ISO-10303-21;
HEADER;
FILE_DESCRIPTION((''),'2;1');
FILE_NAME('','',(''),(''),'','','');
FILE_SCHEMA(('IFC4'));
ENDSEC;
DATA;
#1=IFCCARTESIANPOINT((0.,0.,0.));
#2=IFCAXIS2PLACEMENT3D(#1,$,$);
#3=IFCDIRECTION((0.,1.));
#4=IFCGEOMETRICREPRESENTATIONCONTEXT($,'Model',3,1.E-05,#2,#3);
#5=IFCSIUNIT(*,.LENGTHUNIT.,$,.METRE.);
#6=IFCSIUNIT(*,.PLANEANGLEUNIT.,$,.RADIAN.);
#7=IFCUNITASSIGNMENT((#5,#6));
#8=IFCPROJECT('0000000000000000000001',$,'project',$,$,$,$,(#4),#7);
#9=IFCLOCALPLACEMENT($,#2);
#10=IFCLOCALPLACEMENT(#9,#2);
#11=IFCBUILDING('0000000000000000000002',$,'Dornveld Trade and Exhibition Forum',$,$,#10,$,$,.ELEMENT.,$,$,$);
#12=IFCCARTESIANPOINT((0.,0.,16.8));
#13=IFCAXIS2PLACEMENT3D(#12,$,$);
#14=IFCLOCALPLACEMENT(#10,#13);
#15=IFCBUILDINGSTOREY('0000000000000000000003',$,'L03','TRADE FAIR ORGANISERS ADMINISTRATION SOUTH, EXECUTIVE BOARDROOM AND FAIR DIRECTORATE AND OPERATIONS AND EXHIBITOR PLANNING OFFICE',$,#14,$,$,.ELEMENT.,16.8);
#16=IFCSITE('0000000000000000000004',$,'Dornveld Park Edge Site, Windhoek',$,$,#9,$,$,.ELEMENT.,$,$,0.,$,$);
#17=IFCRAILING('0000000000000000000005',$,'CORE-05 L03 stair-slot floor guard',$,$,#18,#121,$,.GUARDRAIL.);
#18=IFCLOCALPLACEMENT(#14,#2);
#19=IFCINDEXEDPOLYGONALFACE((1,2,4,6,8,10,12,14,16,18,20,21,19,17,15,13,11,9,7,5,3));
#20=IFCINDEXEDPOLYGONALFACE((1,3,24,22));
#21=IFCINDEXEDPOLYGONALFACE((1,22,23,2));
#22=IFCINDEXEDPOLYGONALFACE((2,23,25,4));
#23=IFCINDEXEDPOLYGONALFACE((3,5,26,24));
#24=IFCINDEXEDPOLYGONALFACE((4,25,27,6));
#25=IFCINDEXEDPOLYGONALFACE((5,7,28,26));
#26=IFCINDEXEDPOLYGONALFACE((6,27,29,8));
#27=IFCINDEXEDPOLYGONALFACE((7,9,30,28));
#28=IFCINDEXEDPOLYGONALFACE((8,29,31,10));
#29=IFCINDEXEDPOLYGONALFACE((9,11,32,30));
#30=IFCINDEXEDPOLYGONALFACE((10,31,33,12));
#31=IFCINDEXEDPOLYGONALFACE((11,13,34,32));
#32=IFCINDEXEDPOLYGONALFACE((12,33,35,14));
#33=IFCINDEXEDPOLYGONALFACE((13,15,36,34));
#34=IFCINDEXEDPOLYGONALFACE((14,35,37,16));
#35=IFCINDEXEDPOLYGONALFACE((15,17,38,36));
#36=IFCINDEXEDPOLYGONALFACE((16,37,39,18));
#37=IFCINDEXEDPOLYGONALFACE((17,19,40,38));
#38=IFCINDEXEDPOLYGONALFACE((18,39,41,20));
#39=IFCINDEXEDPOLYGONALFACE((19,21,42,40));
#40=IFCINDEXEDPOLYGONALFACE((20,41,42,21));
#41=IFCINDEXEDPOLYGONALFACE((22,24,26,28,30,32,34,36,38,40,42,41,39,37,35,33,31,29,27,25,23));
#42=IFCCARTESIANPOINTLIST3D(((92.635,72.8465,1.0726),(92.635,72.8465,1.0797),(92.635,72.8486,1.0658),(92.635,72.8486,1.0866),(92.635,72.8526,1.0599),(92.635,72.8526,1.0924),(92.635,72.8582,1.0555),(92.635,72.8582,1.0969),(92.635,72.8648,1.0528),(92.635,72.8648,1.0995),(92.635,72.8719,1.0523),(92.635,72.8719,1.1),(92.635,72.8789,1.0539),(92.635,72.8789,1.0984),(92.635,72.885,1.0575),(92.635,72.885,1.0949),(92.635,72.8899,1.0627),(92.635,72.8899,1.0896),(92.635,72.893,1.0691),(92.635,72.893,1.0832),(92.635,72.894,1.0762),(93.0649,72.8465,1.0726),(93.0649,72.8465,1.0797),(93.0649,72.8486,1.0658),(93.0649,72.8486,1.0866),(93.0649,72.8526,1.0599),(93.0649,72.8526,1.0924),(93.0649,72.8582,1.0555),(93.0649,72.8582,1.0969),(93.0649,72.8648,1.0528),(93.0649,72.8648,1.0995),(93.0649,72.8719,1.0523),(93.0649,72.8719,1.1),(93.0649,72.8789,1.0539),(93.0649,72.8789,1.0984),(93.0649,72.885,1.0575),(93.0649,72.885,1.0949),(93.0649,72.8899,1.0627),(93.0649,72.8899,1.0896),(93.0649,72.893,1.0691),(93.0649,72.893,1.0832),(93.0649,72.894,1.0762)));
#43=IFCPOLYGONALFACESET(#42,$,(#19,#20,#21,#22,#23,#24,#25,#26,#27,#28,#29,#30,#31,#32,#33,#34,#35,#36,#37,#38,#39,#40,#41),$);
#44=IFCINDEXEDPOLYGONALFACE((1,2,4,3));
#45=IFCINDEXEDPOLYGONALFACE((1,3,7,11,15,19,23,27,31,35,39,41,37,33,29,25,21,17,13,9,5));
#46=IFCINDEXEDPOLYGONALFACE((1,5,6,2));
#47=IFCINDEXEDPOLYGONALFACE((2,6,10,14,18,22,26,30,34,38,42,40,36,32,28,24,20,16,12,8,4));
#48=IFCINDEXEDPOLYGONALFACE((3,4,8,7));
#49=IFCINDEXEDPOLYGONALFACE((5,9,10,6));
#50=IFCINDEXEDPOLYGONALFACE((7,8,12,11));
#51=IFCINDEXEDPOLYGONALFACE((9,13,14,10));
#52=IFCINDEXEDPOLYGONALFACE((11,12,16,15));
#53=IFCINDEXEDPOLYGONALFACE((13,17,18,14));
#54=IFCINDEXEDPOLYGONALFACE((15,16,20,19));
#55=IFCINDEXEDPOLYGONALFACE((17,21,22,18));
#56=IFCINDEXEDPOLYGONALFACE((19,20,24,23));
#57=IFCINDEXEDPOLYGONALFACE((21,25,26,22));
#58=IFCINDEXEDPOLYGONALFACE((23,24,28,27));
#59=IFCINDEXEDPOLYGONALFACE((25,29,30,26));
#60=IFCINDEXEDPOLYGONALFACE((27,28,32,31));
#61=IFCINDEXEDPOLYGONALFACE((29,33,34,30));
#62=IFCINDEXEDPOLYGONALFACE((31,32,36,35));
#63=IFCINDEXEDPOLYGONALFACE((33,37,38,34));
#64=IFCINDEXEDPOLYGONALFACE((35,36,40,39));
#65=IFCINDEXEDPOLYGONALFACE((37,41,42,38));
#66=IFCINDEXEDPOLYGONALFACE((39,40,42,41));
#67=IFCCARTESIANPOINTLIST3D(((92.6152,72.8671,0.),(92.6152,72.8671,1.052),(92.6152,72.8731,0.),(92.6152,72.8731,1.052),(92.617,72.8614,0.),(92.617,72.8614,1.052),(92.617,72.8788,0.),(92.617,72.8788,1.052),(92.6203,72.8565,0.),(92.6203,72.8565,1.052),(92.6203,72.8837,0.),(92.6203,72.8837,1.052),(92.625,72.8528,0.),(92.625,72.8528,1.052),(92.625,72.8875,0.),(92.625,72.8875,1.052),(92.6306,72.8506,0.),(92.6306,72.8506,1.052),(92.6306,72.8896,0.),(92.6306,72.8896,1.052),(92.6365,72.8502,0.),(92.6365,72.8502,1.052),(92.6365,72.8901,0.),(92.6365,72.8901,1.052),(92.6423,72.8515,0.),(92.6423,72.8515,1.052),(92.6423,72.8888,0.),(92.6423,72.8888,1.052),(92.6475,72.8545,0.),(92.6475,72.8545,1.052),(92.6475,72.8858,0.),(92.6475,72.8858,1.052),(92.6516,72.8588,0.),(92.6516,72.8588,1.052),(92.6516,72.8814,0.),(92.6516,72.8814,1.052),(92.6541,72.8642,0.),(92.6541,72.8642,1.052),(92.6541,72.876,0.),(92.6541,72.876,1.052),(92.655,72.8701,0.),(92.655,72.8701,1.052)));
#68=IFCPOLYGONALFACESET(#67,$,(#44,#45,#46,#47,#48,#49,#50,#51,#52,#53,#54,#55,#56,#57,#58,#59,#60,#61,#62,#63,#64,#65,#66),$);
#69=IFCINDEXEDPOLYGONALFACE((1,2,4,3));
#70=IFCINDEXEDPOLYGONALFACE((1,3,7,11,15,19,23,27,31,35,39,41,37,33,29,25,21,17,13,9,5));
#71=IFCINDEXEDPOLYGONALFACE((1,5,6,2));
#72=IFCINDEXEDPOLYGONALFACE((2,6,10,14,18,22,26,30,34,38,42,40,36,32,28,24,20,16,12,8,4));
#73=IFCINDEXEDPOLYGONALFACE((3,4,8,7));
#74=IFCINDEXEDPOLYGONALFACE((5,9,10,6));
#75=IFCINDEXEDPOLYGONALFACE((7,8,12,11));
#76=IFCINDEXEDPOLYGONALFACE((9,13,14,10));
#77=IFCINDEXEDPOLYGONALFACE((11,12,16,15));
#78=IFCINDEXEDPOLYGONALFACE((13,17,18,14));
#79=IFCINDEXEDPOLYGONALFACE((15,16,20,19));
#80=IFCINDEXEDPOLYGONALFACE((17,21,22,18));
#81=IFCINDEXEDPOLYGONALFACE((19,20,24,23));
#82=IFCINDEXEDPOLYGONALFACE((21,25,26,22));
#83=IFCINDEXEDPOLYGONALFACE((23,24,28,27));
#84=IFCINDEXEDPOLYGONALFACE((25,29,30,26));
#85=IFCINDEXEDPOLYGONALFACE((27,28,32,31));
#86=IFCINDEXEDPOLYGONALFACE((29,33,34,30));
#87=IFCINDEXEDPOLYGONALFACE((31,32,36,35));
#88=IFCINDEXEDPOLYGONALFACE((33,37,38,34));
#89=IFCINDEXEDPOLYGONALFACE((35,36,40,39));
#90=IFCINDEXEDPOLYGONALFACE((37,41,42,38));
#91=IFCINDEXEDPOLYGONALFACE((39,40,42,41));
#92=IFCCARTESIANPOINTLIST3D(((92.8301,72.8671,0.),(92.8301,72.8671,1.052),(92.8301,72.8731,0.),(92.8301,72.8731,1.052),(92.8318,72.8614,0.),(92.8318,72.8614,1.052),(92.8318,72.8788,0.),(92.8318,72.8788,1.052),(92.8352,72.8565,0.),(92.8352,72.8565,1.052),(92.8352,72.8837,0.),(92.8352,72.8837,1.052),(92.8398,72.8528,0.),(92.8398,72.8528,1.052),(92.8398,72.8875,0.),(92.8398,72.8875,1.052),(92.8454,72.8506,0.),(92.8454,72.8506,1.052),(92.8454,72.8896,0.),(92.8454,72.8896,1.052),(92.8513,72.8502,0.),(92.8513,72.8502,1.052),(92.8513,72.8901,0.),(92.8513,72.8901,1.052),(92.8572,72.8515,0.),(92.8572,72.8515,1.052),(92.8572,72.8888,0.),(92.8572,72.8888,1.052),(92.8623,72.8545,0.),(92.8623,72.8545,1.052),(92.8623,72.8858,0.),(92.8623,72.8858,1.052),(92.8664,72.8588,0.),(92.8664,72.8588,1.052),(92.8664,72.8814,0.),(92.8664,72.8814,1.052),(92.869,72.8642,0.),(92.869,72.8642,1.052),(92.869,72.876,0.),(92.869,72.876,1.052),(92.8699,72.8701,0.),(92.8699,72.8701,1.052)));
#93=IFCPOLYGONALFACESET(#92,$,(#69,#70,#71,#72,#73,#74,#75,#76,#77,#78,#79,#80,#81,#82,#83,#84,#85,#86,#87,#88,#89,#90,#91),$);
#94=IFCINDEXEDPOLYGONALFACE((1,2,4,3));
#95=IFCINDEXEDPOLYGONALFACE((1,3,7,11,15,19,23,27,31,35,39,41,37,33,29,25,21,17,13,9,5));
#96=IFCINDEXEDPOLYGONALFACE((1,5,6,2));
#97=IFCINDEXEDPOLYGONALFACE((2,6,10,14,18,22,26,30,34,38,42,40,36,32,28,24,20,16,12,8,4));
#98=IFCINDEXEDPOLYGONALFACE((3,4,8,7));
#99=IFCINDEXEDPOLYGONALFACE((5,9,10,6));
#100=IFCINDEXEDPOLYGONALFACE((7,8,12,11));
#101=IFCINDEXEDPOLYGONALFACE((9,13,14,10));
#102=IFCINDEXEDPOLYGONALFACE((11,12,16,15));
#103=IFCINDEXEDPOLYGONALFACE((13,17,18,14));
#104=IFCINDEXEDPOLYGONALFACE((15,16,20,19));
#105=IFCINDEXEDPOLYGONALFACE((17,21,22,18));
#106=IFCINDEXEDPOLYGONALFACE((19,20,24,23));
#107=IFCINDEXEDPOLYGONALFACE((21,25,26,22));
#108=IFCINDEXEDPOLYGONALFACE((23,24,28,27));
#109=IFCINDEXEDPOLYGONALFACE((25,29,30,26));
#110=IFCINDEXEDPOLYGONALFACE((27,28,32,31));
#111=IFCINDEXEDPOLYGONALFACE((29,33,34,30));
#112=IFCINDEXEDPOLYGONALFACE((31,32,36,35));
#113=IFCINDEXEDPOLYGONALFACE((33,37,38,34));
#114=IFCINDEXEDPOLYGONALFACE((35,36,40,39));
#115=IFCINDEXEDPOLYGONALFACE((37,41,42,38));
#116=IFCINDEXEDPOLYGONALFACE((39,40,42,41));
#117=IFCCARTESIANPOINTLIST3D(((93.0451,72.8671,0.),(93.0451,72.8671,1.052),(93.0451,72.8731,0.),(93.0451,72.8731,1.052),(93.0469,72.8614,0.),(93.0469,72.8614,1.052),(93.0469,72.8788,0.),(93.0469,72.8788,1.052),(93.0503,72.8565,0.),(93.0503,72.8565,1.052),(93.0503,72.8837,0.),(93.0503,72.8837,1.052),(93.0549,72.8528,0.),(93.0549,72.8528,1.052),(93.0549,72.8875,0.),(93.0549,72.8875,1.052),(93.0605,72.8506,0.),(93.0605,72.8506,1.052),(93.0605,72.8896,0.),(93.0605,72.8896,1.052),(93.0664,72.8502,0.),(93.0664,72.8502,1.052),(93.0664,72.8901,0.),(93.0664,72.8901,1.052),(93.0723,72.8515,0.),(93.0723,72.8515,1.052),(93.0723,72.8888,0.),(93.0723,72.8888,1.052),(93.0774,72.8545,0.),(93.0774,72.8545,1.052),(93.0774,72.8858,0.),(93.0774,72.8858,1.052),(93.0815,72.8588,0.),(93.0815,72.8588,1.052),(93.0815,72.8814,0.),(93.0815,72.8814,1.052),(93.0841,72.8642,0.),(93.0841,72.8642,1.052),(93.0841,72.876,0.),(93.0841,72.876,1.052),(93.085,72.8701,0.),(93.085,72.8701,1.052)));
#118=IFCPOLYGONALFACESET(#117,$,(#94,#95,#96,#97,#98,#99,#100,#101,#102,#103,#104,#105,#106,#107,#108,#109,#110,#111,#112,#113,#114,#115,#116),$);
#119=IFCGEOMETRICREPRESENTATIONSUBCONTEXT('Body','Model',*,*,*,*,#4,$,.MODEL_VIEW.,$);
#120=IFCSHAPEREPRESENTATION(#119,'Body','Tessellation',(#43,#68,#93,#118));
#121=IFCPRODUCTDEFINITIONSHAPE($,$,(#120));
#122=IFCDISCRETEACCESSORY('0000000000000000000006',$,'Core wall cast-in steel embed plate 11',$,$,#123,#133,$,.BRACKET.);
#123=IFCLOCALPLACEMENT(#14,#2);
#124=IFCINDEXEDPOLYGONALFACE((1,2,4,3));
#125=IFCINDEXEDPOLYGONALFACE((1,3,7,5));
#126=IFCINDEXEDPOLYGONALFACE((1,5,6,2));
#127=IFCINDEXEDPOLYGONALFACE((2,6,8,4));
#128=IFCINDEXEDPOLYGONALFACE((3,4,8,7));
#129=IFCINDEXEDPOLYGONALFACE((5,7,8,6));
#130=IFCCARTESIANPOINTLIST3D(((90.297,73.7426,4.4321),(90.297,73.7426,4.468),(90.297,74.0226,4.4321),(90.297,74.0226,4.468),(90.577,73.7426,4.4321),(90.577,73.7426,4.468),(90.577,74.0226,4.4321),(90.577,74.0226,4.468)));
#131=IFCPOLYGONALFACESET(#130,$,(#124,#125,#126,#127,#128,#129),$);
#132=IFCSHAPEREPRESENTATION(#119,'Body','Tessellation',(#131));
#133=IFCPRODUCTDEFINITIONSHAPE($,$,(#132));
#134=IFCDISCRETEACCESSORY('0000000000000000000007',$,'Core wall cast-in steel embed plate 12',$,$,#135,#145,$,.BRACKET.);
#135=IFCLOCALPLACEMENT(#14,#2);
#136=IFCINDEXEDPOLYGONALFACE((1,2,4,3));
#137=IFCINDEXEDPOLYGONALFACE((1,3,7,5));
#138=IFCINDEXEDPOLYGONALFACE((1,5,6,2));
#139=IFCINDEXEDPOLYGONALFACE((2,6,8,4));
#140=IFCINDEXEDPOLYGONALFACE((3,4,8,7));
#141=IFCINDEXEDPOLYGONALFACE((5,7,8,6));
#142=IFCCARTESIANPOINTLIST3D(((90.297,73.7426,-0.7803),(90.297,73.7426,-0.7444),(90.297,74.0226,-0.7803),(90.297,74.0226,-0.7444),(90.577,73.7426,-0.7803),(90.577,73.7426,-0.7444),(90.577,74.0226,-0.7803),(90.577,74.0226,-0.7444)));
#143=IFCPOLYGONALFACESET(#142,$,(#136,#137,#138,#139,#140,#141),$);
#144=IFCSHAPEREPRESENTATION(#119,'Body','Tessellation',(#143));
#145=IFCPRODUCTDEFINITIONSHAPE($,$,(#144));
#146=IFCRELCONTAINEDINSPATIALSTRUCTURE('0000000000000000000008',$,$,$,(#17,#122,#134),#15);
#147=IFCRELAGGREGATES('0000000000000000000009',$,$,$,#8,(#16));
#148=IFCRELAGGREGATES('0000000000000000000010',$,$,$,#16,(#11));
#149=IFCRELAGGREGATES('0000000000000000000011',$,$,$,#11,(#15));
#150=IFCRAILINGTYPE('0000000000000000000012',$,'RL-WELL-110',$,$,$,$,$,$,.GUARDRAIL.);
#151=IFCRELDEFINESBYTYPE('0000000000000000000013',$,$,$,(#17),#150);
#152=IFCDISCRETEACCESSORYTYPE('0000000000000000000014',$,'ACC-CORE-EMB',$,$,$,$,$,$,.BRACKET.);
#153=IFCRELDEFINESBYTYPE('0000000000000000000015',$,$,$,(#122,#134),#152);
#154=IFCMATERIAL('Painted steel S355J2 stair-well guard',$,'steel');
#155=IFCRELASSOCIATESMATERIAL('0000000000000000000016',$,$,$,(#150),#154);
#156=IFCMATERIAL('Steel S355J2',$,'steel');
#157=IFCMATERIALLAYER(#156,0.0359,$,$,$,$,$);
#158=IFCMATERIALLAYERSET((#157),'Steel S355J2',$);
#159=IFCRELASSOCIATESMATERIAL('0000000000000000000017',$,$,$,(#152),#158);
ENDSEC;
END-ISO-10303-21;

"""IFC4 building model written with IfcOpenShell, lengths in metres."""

from ifc_helpers import new_model, si_unit, direction, frame, origin, origin_2d, place, context, subcontext, project, spatial, rectangle, circle, extrude, material, layer, layer_set, type_object, element, save


model = new_model("IFC4")

# Units and contexts
model_context = context("Model", 3, precision=1e-05, world=origin(), true_north=direction((0.0, 1.0)))
body_context = subcontext(model_context, "Body", "Model", "MODEL_VIEW")
ifc_project = project(units=[si_unit("LENGTHUNIT", "METRE"), si_unit("PLANEANGLEUNIT", "RADIAN")], contexts=[model_context])

# Site, building, storey
site_placement = place(None, origin())
site = spatial("IfcSite", under=ifc_project, at=site_placement, Name="Dornveld Park Edge Site, Windhoek", CompositionType="ELEMENT", RefElevation=0.0)
building_placement = place(site_placement, origin())
building = spatial("IfcBuilding", under=site, at=building_placement, Name="Dornveld Trade and Exhibition Forum", CompositionType="ELEMENT")
storey_placement = place(building_placement, frame((0.0, 0.0, 16.8)))
storey = spatial("IfcBuildingStorey", under=building, at=storey_placement, Name="L03", Description="TRADE FAIR ORGANISERS ADMINISTRATION SOUTH, EXECUTIVE BOARDROOM AND FAIR DIRECTORATE AND OPERATIONS AND EXHIBITOR PLANNING OFFICE", CompositionType="ELEMENT", Elevation=16.8)

# Railing
ifc_material_1 = material(Name="Painted steel S355J2 stair-well guard", Category="steel")
railing_type_1 = type_object("IfcRailingType", Name="RL-WELL-110", PredefinedType="GUARDRAIL", material=ifc_material_1)
railing_1_placement = place(storey_placement, frame((92.635, 72.8701, 0.0)))
element("IfcRailing", 1, at=railing_1_placement, inside=storey, type_object=railing_type_1, Name="CORE-05 L03 stair-slot floor guard", PredefinedType="GUARDRAIL", context=body_context, shape_type="SweptSolid", body=[
    extrude(circle(Radius=0.0239, at=origin_2d()), frame((0.0, 0.0, 1.0762), z_axis=(1.0, 0.0, 0.0), x_axis=(0.0, 1.0, 0.0)), (0.0, 0.0, 1.0), 0.4299),
    extrude(circle(Radius=0.02, at=origin_2d()), origin(), (0.0, 0.0, 1.0), 1.052),
    extrude(circle(Radius=0.02, at=origin_2d()), frame((0.2148, 0.0, 0.0)), (0.0, 0.0, 1.0), 1.052),
    extrude(circle(Radius=0.02, at=origin_2d()), frame((0.4299, 0.0, 0.0)), (0.0, 0.0, 1.0), 1.052),
])

# Discrete accessories
ifc_material_2 = material(Name="Steel S355J2", Category="steel")
ifc_layer_1 = layer(ifc_material_2, 0.0359)
ifc_layer_set_1 = layer_set([ifc_layer_1], Name="Steel S355J2")
discrete_accessory_type = type_object("IfcDiscreteAccessoryType", Name="ACC-CORE-EMB", PredefinedType="BRACKET", material=ifc_layer_set_1)
for number, where, z_axis, x_axis, name in (
    (2, (90.437, 73.8826, 4.4321), (0.0, 0.0, 1.0), (1.0, 0.0, 0.0), "Core wall cast-in steel embed plate 11"),
    (3, (90.437, 73.8826, -0.7803), (0.0, 0.0, 1.0), (1.0, 0.0, 0.0), "Core wall cast-in steel embed plate 12"),
):
    element("IfcDiscreteAccessory", number, at=place(storey_placement, frame(where, z_axis=z_axis, x_axis=x_axis)), inside=storey, type_object=discrete_accessory_type, Name=name, PredefinedType="BRACKET", context=body_context, shape_type="SweptSolid", body=[
        extrude(rectangle(XDim=0.28, YDim=0.28, at=origin_2d()), origin(), (0.0, 0.0, 1.0), 0.0359),
    ])

save(model, "model.ifc")
